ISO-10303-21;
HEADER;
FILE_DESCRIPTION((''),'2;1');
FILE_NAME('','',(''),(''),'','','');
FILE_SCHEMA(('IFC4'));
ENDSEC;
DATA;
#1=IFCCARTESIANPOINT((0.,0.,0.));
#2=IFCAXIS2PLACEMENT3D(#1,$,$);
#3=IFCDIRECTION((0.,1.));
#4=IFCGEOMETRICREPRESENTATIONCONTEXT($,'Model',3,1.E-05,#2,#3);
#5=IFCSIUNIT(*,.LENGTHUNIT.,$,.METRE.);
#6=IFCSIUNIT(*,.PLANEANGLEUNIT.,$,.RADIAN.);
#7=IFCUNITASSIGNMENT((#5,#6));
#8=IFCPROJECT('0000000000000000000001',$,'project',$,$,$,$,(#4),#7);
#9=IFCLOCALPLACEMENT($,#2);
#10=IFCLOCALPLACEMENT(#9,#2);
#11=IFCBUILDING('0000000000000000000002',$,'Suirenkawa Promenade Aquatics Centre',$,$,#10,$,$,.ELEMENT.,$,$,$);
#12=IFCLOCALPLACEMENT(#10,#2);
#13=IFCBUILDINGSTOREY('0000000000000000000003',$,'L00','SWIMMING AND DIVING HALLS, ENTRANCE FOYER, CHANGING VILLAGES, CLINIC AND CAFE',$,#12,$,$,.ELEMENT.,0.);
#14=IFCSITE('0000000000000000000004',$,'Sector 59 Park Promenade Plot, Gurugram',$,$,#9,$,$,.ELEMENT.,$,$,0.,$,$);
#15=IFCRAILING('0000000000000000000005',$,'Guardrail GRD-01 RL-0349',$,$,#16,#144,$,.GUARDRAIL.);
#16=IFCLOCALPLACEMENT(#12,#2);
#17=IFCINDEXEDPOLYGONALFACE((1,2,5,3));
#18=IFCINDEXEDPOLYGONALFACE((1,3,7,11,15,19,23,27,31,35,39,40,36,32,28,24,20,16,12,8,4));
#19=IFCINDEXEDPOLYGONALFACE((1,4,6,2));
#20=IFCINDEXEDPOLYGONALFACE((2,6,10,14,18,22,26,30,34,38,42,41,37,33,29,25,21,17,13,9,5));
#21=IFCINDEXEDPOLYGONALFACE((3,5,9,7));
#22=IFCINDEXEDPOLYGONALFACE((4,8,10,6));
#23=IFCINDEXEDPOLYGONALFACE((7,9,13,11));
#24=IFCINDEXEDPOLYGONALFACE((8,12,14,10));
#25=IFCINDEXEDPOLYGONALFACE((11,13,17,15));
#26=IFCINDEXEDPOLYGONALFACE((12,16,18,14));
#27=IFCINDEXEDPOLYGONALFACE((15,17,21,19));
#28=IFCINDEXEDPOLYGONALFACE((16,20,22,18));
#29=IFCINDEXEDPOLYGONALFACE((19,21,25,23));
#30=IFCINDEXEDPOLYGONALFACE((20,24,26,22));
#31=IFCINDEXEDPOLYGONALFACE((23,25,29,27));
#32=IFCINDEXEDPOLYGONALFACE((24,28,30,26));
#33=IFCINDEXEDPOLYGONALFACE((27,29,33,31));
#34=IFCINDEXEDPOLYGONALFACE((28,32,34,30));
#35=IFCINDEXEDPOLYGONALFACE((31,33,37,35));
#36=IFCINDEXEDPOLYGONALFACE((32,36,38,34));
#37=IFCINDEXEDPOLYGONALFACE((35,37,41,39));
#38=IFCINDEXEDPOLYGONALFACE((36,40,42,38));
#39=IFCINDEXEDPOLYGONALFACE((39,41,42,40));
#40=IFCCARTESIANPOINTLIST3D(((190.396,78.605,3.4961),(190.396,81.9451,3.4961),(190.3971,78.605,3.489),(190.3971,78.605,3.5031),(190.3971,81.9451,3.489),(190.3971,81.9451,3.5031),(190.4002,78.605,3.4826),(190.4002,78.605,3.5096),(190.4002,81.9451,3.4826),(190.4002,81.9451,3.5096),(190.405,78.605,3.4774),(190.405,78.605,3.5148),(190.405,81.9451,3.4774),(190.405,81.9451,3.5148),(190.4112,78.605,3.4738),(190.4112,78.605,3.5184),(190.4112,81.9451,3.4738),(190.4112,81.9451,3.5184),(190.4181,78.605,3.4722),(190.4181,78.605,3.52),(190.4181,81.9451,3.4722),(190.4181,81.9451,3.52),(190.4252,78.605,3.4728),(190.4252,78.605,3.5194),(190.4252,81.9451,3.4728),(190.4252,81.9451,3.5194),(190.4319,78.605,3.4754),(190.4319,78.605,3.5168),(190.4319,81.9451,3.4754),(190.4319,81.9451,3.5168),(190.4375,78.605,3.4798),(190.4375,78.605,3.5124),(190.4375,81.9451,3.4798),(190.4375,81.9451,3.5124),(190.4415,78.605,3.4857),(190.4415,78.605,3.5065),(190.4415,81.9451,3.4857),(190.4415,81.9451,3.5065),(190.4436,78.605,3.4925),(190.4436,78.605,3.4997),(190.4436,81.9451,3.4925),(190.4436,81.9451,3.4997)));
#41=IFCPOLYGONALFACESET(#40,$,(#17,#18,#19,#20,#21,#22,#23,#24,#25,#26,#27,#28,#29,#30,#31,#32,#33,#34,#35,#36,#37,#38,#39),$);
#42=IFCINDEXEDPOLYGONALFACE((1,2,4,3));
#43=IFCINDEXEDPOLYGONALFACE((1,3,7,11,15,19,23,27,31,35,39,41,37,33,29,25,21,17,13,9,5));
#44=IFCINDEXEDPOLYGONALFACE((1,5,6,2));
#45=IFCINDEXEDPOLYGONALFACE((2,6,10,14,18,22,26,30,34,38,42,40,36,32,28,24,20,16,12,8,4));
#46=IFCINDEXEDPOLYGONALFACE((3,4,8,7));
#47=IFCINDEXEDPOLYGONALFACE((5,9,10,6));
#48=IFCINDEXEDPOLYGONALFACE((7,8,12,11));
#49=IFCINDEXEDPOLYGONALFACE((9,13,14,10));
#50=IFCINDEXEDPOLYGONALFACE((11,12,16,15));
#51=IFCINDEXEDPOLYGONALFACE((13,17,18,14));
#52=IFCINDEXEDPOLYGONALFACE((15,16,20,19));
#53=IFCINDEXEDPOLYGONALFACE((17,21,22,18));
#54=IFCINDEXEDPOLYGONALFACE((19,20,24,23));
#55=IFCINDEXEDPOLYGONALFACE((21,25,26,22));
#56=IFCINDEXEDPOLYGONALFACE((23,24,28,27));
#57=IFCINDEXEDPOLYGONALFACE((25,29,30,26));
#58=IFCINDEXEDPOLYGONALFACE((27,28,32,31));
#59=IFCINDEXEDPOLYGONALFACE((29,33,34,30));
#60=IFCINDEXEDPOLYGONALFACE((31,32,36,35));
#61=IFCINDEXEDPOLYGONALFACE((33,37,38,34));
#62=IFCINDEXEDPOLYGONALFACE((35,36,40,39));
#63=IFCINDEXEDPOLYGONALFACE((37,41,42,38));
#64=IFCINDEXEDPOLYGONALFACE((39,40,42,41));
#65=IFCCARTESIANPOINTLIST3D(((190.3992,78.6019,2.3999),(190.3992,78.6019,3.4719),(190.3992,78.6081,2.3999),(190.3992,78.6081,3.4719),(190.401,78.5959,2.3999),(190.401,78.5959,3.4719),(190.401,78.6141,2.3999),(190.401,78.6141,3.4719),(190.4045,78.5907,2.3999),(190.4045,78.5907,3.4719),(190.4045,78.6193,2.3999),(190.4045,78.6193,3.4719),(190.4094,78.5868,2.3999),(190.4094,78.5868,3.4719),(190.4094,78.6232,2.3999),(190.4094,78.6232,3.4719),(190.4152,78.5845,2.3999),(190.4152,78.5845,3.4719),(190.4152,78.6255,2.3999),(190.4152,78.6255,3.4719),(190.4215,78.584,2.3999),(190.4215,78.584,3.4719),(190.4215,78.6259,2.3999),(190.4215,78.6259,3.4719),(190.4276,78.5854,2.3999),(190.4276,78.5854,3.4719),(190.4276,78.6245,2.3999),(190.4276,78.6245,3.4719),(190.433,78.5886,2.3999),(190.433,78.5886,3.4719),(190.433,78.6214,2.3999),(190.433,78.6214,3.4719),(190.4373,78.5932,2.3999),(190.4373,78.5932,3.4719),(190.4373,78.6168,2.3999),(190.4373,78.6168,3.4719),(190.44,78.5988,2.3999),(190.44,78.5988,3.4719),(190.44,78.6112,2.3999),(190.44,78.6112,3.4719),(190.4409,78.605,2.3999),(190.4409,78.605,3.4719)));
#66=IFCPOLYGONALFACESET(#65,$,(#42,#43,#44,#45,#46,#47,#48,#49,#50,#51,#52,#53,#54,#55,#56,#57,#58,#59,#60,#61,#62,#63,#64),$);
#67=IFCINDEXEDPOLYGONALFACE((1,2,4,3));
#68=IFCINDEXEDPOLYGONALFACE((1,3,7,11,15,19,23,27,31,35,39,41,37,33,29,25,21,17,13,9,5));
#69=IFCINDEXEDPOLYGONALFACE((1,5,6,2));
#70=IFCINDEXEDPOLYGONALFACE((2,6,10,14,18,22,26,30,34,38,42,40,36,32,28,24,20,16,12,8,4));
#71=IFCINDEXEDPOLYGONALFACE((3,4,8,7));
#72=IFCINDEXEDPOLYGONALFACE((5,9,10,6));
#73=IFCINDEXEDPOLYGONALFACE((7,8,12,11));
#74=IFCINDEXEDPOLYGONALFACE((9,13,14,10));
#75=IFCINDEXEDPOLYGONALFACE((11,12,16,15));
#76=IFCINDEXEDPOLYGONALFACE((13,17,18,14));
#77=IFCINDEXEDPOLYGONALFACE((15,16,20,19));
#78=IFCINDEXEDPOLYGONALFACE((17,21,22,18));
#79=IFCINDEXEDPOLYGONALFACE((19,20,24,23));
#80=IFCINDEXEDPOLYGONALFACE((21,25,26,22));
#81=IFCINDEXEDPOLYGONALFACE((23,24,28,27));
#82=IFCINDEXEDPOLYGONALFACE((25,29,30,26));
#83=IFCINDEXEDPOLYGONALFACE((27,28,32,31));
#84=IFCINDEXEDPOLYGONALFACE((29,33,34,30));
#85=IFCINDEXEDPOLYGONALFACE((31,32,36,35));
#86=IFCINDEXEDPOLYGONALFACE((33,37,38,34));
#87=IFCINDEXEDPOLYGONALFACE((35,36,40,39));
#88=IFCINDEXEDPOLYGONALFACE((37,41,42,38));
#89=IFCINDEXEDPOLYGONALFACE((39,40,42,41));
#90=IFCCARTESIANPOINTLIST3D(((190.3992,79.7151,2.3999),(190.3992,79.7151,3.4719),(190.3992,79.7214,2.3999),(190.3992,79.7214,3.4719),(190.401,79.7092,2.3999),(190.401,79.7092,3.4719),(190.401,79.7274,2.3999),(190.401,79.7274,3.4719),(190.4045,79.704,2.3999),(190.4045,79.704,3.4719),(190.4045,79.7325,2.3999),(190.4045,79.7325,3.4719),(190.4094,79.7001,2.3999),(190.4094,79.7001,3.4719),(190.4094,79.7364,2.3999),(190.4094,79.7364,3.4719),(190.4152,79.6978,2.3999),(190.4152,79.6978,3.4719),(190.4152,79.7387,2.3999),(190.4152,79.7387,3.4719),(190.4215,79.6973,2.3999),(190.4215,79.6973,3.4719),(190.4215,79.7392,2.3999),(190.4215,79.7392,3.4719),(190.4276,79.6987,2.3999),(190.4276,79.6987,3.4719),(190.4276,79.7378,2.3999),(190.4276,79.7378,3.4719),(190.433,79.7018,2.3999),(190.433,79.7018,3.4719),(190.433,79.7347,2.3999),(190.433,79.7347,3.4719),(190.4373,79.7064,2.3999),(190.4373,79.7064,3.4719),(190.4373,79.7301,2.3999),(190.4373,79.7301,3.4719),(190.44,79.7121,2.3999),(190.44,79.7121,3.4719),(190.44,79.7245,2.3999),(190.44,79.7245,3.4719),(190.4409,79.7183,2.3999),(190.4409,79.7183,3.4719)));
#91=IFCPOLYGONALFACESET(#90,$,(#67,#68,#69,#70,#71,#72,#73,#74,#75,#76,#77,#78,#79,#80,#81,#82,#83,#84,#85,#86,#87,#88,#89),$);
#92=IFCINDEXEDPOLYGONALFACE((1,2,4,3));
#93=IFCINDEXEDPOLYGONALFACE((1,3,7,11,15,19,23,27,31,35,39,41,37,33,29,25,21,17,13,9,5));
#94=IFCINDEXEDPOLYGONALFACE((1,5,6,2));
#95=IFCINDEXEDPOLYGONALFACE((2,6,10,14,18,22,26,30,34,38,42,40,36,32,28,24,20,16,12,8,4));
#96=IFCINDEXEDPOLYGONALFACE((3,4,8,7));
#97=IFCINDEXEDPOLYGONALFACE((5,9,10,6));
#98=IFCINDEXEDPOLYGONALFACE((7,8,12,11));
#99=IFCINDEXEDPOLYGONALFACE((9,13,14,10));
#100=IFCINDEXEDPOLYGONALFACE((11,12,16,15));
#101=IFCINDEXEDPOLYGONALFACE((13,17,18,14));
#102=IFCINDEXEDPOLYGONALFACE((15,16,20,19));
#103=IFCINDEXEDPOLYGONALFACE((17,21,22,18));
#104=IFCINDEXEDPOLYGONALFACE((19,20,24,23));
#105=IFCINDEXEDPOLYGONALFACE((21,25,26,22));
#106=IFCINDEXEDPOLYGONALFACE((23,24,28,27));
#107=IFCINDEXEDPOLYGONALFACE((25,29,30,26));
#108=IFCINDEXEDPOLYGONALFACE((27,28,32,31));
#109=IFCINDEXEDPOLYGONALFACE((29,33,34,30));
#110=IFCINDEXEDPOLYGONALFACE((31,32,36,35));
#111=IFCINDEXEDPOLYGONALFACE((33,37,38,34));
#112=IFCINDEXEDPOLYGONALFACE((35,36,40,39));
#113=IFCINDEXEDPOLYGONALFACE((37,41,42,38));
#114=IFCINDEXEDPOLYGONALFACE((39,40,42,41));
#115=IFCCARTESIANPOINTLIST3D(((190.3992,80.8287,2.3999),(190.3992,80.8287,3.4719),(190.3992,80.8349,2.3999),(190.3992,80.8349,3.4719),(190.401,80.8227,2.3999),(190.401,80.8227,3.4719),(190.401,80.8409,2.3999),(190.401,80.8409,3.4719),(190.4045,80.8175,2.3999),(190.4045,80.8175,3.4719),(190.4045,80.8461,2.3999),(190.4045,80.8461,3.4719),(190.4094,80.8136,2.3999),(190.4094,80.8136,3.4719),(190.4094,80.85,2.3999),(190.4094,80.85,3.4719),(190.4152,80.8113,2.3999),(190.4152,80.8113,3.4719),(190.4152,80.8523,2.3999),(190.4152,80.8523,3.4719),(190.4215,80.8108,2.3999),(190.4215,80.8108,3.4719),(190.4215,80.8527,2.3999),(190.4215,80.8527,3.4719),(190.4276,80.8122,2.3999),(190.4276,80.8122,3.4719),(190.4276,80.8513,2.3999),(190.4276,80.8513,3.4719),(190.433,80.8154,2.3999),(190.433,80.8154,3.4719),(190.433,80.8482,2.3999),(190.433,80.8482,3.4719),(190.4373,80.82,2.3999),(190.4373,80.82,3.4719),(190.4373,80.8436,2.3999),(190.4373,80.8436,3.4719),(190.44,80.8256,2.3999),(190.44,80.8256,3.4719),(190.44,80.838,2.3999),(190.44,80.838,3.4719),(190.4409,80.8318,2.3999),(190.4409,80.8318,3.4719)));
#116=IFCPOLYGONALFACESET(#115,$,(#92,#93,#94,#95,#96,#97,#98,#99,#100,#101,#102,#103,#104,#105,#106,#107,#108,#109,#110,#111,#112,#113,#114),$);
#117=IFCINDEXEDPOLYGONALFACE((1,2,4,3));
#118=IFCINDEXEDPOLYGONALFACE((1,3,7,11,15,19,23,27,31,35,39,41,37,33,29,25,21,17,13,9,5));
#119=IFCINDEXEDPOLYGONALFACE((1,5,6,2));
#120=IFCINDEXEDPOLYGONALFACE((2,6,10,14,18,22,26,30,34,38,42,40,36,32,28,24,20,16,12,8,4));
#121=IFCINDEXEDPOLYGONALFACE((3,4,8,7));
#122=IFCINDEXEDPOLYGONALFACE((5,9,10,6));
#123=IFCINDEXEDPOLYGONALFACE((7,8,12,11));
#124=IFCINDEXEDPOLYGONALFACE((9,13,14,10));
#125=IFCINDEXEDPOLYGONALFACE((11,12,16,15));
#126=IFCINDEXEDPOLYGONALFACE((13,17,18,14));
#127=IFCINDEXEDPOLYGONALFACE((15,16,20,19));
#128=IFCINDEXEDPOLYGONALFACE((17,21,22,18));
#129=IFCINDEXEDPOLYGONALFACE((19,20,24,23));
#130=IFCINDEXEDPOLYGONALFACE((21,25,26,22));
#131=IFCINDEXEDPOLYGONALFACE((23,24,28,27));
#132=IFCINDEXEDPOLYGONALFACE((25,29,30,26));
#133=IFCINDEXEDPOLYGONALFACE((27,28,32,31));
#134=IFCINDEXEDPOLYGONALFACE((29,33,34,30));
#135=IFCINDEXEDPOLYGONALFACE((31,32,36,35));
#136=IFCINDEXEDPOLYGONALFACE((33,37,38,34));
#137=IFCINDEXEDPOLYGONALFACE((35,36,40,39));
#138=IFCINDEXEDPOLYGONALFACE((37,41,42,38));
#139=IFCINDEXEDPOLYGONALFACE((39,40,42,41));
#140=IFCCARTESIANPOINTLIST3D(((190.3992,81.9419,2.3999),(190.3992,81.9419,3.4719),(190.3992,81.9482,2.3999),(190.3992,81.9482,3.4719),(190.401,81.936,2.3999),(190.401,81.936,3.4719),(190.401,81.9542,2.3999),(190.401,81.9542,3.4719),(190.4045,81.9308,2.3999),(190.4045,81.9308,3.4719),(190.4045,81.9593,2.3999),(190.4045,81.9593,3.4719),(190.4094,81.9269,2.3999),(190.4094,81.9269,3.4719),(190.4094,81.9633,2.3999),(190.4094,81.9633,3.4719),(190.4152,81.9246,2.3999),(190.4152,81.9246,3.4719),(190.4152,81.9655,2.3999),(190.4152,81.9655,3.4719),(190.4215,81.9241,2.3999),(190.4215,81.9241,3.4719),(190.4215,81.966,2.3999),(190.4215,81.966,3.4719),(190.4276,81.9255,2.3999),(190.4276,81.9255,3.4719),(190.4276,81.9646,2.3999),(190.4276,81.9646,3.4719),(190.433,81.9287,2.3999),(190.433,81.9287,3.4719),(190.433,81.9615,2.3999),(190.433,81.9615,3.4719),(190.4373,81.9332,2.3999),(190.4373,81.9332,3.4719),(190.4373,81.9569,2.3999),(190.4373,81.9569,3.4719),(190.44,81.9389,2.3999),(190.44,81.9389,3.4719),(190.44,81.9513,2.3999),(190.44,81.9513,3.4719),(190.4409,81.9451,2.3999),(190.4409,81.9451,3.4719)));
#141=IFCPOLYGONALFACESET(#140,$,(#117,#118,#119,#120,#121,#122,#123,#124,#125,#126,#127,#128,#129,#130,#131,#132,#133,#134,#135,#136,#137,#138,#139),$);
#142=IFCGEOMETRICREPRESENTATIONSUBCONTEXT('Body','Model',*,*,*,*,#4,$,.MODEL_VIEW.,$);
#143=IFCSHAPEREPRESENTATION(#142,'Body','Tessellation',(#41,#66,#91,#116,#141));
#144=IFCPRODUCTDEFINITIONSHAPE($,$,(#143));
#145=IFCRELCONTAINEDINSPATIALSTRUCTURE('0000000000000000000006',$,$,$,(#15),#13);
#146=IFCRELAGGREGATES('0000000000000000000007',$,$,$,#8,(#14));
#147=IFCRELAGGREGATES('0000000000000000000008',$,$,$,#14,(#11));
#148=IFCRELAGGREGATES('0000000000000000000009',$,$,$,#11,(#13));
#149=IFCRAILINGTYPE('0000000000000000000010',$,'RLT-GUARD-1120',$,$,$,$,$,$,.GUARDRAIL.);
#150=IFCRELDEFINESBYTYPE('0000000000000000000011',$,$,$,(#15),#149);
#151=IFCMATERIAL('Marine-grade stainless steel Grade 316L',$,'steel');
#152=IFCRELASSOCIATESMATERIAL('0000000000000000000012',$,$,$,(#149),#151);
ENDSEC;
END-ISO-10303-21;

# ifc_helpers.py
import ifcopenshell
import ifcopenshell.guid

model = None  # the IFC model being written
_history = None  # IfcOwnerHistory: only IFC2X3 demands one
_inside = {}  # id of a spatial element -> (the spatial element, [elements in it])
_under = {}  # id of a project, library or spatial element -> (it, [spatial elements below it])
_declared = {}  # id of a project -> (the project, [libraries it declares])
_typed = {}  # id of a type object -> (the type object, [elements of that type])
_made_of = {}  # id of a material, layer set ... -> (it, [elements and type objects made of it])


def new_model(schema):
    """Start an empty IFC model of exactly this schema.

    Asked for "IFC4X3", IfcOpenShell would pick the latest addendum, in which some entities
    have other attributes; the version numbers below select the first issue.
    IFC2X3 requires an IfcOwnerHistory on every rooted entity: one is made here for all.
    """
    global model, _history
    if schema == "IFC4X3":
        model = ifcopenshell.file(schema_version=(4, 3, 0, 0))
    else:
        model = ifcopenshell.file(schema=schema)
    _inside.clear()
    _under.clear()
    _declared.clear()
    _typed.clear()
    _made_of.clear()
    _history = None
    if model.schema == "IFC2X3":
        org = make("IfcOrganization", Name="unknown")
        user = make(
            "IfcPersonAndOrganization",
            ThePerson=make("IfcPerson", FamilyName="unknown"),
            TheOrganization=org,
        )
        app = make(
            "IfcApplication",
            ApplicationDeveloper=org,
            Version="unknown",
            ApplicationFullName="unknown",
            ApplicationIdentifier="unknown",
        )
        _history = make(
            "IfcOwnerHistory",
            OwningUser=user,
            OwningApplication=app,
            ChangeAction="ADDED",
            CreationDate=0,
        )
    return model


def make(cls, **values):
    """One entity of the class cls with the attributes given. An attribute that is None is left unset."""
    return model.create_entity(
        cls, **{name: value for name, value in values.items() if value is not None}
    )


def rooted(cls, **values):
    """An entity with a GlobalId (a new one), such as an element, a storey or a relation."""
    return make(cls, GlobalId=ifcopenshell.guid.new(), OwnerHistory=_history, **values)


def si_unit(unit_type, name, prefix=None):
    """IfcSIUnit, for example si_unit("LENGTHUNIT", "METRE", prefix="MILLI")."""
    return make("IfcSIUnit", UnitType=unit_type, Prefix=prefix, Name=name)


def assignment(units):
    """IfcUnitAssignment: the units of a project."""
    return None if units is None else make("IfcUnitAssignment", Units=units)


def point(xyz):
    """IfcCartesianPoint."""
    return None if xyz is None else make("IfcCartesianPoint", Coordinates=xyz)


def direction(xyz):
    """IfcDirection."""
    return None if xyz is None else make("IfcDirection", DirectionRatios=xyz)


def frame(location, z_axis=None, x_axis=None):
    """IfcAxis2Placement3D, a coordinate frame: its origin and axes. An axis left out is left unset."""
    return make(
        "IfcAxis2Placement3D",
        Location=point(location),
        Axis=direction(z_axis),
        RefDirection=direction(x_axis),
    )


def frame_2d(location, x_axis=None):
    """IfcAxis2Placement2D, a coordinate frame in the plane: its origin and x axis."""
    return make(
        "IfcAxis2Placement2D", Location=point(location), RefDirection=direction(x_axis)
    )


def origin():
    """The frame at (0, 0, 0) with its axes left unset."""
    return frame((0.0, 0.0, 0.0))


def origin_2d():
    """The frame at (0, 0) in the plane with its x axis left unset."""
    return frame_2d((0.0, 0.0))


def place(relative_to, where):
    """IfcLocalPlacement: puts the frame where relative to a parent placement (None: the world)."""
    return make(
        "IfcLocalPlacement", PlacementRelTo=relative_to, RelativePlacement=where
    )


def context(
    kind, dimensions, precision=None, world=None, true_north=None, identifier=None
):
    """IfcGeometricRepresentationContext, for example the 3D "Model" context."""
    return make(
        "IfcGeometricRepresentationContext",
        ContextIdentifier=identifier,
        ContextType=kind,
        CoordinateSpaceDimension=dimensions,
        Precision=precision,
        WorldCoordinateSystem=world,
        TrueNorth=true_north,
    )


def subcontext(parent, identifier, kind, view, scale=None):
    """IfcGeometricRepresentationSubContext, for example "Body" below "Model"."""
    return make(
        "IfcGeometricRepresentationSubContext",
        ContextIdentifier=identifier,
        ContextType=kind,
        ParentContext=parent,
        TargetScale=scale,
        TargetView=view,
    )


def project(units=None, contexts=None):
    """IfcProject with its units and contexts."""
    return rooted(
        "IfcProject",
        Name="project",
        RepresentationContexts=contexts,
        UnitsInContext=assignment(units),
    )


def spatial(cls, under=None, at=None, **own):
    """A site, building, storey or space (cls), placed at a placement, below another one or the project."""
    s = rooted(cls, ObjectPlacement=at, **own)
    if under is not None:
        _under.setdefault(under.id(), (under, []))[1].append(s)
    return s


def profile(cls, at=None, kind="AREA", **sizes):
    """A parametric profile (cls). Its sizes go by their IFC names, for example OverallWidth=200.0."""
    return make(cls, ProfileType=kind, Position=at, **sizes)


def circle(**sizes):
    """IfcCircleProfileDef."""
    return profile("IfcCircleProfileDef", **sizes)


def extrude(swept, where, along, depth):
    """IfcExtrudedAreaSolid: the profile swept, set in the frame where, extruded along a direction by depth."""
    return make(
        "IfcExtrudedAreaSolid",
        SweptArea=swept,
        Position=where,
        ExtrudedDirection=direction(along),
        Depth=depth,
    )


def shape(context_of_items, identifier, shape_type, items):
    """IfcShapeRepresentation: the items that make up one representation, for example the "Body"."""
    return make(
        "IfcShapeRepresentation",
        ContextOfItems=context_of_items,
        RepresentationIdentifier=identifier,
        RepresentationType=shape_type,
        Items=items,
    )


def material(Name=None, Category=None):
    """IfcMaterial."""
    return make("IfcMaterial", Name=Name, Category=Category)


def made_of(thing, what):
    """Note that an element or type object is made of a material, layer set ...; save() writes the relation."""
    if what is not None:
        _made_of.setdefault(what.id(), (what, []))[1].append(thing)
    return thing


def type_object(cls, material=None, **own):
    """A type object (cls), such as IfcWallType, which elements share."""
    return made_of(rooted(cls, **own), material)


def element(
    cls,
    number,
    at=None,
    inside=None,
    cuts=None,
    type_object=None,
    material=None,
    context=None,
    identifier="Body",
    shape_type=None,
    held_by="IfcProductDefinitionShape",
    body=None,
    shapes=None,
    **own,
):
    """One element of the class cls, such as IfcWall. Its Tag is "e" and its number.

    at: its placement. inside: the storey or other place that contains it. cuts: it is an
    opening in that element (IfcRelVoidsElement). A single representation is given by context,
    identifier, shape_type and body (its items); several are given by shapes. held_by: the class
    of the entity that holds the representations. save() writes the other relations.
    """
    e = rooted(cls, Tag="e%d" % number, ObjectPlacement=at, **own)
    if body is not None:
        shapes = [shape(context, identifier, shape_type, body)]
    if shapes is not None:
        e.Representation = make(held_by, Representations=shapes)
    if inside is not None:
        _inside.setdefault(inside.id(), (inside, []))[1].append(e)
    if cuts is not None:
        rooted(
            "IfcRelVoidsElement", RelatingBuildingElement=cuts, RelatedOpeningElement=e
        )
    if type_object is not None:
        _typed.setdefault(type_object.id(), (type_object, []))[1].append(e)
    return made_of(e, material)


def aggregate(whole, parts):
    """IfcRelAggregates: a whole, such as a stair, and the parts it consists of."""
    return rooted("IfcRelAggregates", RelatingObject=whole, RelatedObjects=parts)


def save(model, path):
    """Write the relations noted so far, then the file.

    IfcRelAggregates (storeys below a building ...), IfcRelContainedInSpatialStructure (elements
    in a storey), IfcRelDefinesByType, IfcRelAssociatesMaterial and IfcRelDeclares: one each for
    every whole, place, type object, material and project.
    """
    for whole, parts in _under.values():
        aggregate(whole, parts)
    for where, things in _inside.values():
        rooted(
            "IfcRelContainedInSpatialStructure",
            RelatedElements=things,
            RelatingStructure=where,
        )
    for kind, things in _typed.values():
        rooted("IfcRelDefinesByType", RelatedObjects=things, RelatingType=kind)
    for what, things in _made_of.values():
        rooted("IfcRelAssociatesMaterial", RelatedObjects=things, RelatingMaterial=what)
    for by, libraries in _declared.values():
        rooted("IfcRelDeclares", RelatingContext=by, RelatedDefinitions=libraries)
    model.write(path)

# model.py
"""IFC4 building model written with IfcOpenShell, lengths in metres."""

from ifc_helpers import new_model, si_unit, direction, frame, origin, origin_2d, place, context, subcontext, project, spatial, circle, extrude, material, type_object, element, save


model = new_model("IFC4")

# Units and contexts
model_context = context("Model", 3, precision=1e-05, world=origin(), true_north=direction((0.0, 1.0)))
body_context = subcontext(model_context, "Body", "Model", "MODEL_VIEW")
ifc_project = project(units=[si_unit("LENGTHUNIT", "METRE"), si_unit("PLANEANGLEUNIT", "RADIAN")], contexts=[model_context])

# Site, building, storey
site_placement = place(None, origin())
site = spatial("IfcSite", under=ifc_project, at=site_placement, Name="Sector 59 Park Promenade Plot, Gurugram", CompositionType="ELEMENT", RefElevation=0.0)
building_placement = place(site_placement, origin())
building = spatial("IfcBuilding", under=site, at=building_placement, Name="Suirenkawa Promenade Aquatics Centre", CompositionType="ELEMENT")
storey_placement = place(building_placement, origin())
storey = spatial("IfcBuildingStorey", under=building, at=storey_placement, Name="L00", Description="SWIMMING AND DIVING HALLS, ENTRANCE FOYER, CHANGING VILLAGES, CLINIC AND CAFE", CompositionType="ELEMENT", Elevation=0.0)

# Railing
ifc_material_1 = material(Name="Marine-grade stainless steel Grade 316L", Category="steel")
railing_type_1 = type_object("IfcRailingType", Name="RLT-GUARD-1120", PredefinedType="GUARDRAIL", material=ifc_material_1)
for number, where, name in (
    (1, (190.4199, 78.605, 2.3999), "Guardrail GRD-01 RL-0349"),
):
    element("IfcRailing", number, at=place(storey_placement, frame(where)), inside=storey, type_object=railing_type_1, Name=name, PredefinedType="GUARDRAIL", context=body_context, shape_type="SweptSolid", body=[
        extrude(circle(Radius=0.0239, at=origin_2d()), frame((0.0, 0.0, 1.0962), z_axis=(0.0, 1.0, 0.0), x_axis=(-1.0, 0.0, 0.0)), (0.0, 0.0, 1.0), 3.3401),
        extrude(circle(Radius=0.021, at=origin_2d()), origin(), (0.0, 0.0, 1.0), 1.072),
        extrude(circle(Radius=0.021, at=origin_2d()), frame((0.0, 1.1133, 0.0)), (0.0, 0.0, 1.0), 1.072),
        extrude(circle(Radius=0.021, at=origin_2d()), frame((0.0, 2.2268, 0.0)), (0.0, 0.0, 1.0), 1.072),
        extrude(circle(Radius=0.021, at=origin_2d()), frame((0.0, 3.3401, 0.0)), (0.0, 0.0, 1.0), 1.072),
    ])

save(model, "model.ifc")
